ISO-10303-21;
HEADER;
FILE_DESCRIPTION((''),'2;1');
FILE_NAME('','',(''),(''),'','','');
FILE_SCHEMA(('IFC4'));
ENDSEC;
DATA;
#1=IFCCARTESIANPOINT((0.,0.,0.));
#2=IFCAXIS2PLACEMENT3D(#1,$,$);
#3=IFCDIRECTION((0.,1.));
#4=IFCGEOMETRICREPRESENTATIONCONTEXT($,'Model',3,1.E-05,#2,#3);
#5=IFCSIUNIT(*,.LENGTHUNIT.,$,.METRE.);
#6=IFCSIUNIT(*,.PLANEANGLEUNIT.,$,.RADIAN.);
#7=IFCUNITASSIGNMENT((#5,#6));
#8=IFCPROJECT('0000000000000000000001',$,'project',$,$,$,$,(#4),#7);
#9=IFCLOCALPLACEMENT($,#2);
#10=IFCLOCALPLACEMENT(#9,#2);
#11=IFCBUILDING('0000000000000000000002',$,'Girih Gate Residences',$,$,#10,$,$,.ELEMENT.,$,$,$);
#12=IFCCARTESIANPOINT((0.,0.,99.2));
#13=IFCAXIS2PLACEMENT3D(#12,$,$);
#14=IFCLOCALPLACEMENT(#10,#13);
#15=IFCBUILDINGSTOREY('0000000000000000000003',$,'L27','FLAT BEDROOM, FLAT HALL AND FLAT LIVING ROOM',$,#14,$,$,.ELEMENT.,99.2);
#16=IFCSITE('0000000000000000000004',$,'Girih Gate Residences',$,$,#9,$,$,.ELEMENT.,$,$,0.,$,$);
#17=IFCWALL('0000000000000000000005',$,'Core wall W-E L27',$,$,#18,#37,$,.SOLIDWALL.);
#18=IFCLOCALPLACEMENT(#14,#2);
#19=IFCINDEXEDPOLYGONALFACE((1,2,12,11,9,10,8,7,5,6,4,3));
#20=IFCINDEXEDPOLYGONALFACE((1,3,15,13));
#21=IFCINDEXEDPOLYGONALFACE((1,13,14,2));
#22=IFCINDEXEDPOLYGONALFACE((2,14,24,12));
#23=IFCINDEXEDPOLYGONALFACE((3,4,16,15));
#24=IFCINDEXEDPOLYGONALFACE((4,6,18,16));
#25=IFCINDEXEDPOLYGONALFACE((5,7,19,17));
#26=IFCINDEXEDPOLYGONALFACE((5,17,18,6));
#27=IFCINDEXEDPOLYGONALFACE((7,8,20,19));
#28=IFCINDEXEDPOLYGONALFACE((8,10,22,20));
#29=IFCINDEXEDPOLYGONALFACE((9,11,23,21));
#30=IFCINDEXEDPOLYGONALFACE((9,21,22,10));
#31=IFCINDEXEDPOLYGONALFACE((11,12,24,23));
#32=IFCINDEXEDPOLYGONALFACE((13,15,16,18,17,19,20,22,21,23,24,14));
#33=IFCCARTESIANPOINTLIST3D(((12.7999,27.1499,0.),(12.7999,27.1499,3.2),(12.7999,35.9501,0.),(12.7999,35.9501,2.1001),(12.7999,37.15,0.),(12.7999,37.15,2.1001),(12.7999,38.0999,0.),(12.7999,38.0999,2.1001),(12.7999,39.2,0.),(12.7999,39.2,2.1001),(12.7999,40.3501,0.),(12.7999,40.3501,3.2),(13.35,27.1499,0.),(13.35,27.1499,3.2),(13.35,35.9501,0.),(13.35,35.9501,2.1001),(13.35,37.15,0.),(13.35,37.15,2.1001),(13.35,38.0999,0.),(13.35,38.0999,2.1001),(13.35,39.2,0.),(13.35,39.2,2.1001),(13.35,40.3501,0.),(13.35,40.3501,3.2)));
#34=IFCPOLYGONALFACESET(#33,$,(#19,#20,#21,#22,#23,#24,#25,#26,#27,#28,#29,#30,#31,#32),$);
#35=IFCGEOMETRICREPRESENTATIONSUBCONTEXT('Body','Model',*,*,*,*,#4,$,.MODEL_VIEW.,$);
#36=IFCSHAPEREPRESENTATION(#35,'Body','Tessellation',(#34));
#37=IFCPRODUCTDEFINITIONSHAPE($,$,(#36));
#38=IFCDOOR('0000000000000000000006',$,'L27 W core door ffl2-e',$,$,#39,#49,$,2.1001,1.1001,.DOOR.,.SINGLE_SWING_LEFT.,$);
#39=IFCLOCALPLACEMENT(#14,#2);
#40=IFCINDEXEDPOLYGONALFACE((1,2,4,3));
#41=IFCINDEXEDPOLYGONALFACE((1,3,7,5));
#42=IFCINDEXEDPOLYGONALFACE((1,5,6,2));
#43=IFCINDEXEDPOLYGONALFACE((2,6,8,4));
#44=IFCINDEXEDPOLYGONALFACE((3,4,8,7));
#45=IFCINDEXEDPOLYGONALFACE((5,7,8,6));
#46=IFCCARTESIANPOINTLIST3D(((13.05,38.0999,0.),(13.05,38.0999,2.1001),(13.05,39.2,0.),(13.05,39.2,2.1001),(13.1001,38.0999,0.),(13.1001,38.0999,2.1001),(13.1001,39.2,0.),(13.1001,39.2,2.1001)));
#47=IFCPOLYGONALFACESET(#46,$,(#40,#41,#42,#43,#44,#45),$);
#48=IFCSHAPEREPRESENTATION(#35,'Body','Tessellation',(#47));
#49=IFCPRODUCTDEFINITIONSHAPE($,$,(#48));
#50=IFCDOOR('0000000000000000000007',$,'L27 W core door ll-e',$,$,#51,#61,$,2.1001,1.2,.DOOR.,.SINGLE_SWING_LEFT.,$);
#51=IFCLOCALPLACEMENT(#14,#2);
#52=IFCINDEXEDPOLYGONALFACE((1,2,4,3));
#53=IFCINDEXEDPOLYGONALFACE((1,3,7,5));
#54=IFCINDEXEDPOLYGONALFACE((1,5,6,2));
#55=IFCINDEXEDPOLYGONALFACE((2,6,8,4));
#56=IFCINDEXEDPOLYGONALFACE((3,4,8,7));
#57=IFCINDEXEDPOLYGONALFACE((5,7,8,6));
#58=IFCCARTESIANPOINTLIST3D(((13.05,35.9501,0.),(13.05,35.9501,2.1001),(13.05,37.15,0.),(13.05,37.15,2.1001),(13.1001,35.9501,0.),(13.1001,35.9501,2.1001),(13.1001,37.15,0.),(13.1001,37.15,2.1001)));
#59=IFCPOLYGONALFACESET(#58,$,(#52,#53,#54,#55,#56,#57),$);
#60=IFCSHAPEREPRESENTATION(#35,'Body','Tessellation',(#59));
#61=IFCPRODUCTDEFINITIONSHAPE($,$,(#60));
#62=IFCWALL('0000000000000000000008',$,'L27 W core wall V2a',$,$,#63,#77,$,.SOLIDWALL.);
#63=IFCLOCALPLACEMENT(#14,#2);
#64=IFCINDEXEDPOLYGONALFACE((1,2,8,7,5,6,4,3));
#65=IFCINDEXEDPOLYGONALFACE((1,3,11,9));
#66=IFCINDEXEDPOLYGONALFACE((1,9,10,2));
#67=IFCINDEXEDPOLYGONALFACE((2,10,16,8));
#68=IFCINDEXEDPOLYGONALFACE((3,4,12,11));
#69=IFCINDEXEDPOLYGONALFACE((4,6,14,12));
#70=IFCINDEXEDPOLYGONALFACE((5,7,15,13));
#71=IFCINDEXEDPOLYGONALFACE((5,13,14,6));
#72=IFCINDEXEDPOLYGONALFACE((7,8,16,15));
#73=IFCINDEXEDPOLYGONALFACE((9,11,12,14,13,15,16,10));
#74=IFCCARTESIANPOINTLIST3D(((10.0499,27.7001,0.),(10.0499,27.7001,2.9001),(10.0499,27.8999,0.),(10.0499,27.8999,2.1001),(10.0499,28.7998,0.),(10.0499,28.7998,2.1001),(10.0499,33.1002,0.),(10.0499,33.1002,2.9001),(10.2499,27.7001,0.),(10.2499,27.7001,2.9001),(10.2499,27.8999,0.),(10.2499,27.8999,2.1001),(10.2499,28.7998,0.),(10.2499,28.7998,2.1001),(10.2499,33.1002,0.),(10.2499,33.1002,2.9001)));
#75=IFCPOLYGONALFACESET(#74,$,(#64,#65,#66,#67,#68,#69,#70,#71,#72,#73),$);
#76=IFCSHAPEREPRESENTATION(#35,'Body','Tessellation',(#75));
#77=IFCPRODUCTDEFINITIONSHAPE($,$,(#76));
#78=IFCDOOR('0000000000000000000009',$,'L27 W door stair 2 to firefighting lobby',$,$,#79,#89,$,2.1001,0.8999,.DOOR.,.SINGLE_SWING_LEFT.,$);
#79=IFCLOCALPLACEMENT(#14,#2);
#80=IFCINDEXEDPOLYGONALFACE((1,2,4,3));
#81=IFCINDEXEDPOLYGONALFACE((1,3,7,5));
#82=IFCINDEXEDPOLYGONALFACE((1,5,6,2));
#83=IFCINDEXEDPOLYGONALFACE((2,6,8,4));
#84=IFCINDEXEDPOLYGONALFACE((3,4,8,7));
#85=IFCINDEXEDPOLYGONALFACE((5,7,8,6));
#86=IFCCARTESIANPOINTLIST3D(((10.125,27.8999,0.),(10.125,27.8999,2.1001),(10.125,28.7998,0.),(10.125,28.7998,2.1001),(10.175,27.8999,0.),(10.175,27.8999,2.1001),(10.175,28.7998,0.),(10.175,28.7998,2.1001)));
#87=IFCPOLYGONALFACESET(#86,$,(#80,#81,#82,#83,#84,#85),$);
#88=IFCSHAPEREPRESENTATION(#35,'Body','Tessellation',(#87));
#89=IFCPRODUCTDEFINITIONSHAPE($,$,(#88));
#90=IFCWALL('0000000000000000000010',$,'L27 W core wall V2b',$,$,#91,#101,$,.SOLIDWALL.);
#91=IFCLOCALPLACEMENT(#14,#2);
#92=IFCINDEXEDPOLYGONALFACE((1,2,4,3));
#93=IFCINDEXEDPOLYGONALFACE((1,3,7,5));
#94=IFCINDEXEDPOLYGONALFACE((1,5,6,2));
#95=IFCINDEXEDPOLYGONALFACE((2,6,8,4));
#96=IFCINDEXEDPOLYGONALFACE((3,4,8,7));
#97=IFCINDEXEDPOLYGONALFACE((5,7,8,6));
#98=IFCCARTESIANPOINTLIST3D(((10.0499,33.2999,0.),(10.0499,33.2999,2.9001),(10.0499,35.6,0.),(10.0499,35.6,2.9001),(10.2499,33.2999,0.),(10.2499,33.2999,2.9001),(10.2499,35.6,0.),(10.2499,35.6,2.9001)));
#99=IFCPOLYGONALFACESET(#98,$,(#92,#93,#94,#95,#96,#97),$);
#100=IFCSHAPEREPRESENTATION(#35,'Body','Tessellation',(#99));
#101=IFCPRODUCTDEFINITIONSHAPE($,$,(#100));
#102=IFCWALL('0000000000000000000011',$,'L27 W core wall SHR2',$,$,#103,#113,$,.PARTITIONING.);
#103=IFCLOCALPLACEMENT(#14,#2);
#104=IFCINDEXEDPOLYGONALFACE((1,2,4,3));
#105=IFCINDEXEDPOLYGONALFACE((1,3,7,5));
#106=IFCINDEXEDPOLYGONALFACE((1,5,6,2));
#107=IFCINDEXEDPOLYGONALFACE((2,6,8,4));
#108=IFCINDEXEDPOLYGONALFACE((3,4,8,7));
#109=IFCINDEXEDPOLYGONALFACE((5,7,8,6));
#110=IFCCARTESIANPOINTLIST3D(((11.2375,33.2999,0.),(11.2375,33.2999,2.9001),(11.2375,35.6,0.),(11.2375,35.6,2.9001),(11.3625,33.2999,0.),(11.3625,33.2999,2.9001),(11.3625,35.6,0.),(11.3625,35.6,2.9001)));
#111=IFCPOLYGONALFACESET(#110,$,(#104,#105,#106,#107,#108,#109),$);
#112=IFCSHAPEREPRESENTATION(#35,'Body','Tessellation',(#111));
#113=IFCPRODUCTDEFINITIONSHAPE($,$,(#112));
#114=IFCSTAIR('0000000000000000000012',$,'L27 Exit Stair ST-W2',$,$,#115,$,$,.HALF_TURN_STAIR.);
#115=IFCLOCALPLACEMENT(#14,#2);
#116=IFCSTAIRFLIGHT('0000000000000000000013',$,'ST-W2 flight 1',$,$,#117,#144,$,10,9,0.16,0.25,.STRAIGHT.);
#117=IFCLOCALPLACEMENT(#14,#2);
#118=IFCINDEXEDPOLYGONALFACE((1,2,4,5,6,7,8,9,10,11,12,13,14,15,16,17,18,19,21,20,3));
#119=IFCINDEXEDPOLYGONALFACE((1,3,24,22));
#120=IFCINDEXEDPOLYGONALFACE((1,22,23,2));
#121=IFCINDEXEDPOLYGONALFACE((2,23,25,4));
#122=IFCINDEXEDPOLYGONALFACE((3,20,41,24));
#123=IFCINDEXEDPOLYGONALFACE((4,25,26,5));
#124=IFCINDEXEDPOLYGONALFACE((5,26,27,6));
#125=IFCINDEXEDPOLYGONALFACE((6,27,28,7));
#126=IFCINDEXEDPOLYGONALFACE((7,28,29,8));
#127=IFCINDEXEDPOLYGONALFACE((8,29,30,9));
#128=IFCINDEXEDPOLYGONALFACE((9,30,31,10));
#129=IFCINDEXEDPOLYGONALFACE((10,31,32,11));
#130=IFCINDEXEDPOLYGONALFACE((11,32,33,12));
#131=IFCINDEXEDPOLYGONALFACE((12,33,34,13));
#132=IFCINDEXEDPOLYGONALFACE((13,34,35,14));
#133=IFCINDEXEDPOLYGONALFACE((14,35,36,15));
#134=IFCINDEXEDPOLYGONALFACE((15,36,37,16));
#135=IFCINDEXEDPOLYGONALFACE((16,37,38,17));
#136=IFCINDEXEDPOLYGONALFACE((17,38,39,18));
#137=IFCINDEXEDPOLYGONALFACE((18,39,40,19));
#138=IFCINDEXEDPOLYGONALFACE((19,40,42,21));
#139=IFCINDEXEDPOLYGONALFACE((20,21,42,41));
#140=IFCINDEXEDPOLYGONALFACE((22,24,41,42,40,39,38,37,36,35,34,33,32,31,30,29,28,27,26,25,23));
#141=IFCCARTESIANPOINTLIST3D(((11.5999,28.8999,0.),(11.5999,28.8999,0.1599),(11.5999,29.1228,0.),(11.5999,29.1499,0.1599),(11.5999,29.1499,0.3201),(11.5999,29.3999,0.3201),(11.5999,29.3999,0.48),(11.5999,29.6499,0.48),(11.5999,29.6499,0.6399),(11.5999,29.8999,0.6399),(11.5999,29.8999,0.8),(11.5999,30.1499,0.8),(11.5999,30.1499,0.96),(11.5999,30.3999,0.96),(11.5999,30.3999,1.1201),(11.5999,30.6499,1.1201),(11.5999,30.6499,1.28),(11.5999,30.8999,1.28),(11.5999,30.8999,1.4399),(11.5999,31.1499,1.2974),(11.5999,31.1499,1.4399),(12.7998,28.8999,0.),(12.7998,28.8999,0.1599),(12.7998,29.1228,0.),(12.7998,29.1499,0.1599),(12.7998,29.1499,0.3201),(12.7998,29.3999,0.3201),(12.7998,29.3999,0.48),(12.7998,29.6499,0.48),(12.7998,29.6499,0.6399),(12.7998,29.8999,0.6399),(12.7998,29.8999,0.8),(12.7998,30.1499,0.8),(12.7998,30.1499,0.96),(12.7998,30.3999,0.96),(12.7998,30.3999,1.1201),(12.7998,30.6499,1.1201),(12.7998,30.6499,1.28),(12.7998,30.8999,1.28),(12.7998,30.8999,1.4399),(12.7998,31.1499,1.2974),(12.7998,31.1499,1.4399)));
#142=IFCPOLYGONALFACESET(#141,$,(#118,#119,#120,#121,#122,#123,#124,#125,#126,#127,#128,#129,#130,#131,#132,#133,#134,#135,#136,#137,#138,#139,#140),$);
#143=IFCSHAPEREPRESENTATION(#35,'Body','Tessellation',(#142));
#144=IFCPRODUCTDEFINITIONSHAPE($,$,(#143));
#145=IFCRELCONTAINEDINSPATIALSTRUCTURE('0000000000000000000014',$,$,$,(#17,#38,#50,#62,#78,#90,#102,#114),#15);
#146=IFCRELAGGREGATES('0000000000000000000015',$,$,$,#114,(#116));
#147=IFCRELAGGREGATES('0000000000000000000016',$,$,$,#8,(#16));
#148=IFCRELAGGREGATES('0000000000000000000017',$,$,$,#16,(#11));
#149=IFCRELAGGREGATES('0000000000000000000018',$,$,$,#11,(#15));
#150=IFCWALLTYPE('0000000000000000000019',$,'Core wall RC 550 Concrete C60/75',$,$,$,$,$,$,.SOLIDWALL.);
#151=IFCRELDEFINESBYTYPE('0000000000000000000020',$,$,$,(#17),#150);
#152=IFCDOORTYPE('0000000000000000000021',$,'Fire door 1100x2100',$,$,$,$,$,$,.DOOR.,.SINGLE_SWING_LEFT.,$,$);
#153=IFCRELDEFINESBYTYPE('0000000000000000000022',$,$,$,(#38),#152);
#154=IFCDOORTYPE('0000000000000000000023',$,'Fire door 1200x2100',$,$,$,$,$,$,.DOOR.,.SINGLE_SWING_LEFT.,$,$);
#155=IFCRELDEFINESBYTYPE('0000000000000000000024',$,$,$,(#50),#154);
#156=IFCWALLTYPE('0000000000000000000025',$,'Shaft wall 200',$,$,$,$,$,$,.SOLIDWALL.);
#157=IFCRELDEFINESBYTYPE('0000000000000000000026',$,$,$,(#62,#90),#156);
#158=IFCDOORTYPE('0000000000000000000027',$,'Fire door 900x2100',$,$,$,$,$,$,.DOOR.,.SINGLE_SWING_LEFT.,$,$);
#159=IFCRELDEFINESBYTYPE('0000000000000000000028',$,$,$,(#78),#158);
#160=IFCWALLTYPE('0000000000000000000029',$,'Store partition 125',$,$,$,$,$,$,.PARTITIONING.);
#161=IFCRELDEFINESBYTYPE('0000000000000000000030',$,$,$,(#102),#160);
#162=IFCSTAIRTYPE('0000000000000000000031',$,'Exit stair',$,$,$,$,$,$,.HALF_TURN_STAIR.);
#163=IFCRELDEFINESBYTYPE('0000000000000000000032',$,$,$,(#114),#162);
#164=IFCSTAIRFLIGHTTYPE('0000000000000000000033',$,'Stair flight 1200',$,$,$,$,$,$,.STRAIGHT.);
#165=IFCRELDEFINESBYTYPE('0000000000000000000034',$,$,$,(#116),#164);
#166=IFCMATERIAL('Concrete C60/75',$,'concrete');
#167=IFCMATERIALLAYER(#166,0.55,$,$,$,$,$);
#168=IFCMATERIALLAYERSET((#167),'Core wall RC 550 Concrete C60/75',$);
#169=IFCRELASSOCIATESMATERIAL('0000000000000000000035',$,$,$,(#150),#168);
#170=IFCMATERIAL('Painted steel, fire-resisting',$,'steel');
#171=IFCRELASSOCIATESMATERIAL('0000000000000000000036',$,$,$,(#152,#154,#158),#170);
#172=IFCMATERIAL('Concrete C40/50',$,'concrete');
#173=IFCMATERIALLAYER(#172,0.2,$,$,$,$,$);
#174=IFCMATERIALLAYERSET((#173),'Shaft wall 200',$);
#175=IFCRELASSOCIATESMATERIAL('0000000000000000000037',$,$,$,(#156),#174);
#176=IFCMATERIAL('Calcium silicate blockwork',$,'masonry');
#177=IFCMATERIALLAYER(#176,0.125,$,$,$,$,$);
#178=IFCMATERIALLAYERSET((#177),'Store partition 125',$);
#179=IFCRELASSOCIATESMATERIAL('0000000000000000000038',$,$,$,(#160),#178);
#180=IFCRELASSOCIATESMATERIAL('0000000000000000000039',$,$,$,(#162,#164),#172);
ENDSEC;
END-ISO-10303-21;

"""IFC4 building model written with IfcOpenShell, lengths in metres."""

from ifc_helpers import new_model, si_unit, direction, frame, frame_2d, origin, place, context, subcontext, project, spatial, polyline, rectangle, outline, extrude, material, layer, layer_set, type_object, element, fill, aggregate, save


model = new_model("IFC4")

# Units and contexts
model_context = context("Model", 3, precision=1e-05, world=origin(), true_north=direction((0.0, 1.0)))
body_context = subcontext(model_context, "Body", "Model", "MODEL_VIEW")
ifc_project = project(units=[si_unit("LENGTHUNIT", "METRE"), si_unit("PLANEANGLEUNIT", "RADIAN")], contexts=[model_context])

# Site, building, storey
site_placement = place(None, origin())
site = spatial("IfcSite", under=ifc_project, at=site_placement, Name="Girih Gate Residences", CompositionType="ELEMENT", RefElevation=0.0)
building_placement = place(site_placement, origin())
building = spatial("IfcBuilding", under=site, at=building_placement, Name="Girih Gate Residences", CompositionType="ELEMENT")
storey_placement = place(building_placement, frame((0.0, 0.0, 99.2)))
storey = spatial("IfcBuildingStorey", under=building, at=storey_placement, Name="L27", Description="FLAT BEDROOM, FLAT HALL AND FLAT LIVING ROOM", CompositionType="ELEMENT", Elevation=99.2)

# Shared definitions
ifc_material_1 = material(Name="Concrete C60/75", Category="concrete")

# Wall, openings, doors
ifc_layer_1 = layer(ifc_material_1, 0.55)
ifc_layer_set_1 = layer_set([ifc_layer_1], Name="Core wall RC 550 Concrete C60/75")
wall_type_1 = type_object("IfcWallType", Name="Core wall RC 550 Concrete C60/75", PredefinedType="SOLIDWALL", material=ifc_layer_set_1)
wall_1_placement = place(storey_placement, frame((13.075, 27.1499, 0.0), z_axis=(0.0, 0.0, 1.0), x_axis=(0.0, 1.0, 0.0)))
wall_1 = element("IfcWall", 1, at=wall_1_placement, inside=storey, type_object=wall_type_1, Name="Core wall W-E L27", PredefinedType="SOLIDWALL", context=body_context, shape_type="SweptSolid", body=[
    extrude(rectangle(XDim=13.2002, YDim=0.55, at=frame_2d((6.6001, 0.0))), origin(), (0.0, 0.0, 1.0), 3.2),
])
opening_1_placement = place(wall_1_placement, frame((10.95, 0.0, 0.0)))
opening_1 = element("IfcOpeningElement", 2, at=opening_1_placement, cuts=wall_1, PredefinedType="OPENING", context=body_context, shape_type="SweptSolid", body=[
    extrude(rectangle(XDim=1.1001, YDim=2.1001, at=frame_2d((0.55, 1.05))), frame((0.0, 0.2849, 0.0), z_axis=(0.0, -1.0, 0.0), x_axis=(1.0, 0.0, 0.0)), (0.0, 0.0, 1.0), 0.5701),
])
opening_2_placement = place(wall_1_placement, frame((8.8, 0.0, 0.0)))
opening_2 = element("IfcOpeningElement", 3, at=opening_2_placement, cuts=wall_1, PredefinedType="OPENING", context=body_context, shape_type="SweptSolid", body=[
    extrude(rectangle(XDim=1.2, YDim=2.1001, at=frame_2d((0.6001, 1.05))), frame((0.0, 0.2849, 0.0), z_axis=(0.0, -1.0, 0.0), x_axis=(1.0, 0.0, 0.0)), (0.0, 0.0, 1.0), 0.5701),
])
ifc_material_2 = material(Name="Painted steel, fire-resisting", Category="steel")
door_type_1 = type_object("IfcDoorType", Name="Fire door 1100x2100", OperationType="SINGLE_SWING_LEFT", PredefinedType="DOOR", material=ifc_material_2)
door_1_placement = place(opening_1_placement, origin())
door_1 = element("IfcDoor", 4, at=door_1_placement, inside=storey, type_object=door_type_1, Name="L27 W core door ffl2-e", OperationType="SINGLE_SWING_LEFT", OverallHeight=2.1001, OverallWidth=1.1001, PredefinedType="DOOR", context=body_context, shape_type="SweptSolid", body=[
    extrude(rectangle(XDim=1.1001, YDim=2.1001, at=frame_2d((0.55, 1.05))), frame((0.0, 0.0249, 0.0), z_axis=(0.0, -1.0, 0.0), x_axis=(1.0, 0.0, 0.0)), (0.0, 0.0, 1.0), 0.05),
])
fill(opening_1, door_1)
door_type_2 = type_object("IfcDoorType", Name="Fire door 1200x2100", OperationType="SINGLE_SWING_LEFT", PredefinedType="DOOR", material=ifc_material_2)
door_2_placement = place(opening_2_placement, origin())
door_2 = element("IfcDoor", 5, at=door_2_placement, inside=storey, type_object=door_type_2, Name="L27 W core door ll-e", OperationType="SINGLE_SWING_LEFT", OverallHeight=2.1001, OverallWidth=1.2, PredefinedType="DOOR", context=body_context, shape_type="SweptSolid", body=[
    extrude(rectangle(XDim=1.2, YDim=2.1001, at=frame_2d((0.6001, 1.05))), frame((0.0, 0.0249, 0.0), z_axis=(0.0, -1.0, 0.0), x_axis=(1.0, 0.0, 0.0)), (0.0, 0.0, 1.0), 0.05),
])
fill(opening_2, door_2)

# Wall, opening, door
ifc_material_3 = material(Name="Concrete C40/50", Category="concrete")
ifc_layer_2 = layer(ifc_material_3, 0.2)
ifc_layer_set_2 = layer_set([ifc_layer_2], Name="Shaft wall 200")
wall_type_2 = type_object("IfcWallType", Name="Shaft wall 200", PredefinedType="SOLIDWALL", material=ifc_layer_set_2)
wall_2_placement = place(storey_placement, frame((10.1499, 27.7, 0.0), z_axis=(0.0, 0.0, 1.0), x_axis=(0.0, 1.0, 0.0)))
wall_2 = element("IfcWall", 6, at=wall_2_placement, inside=storey, type_object=wall_type_2, Name="L27 W core wall V2a", PredefinedType="SOLIDWALL", context=body_context, shape_type="SweptSolid", body=[
    extrude(rectangle(XDim=5.4001, YDim=0.2, at=frame_2d((2.7002, 0.0))), origin(), (0.0, 0.0, 1.0), 2.9001),
])
opening_3_placement = place(wall_2_placement, frame((0.2, 0.0, 0.0)))
opening_3 = element("IfcOpeningElement", 7, at=opening_3_placement, cuts=wall_2, PredefinedType="OPENING", context=body_context, shape_type="SweptSolid", body=[
    extrude(rectangle(XDim=0.8999, YDim=2.1001, at=frame_2d((0.45, 1.05))), frame((0.0, 0.1099, 0.0), z_axis=(0.0, -1.0, 0.0), x_axis=(1.0, 0.0, 0.0)), (0.0, 0.0, 1.0), 0.22),
])
door_type_3 = type_object("IfcDoorType", Name="Fire door 900x2100", OperationType="SINGLE_SWING_LEFT", PredefinedType="DOOR", material=ifc_material_2)
door_3_placement = place(opening_3_placement, origin())
door_3 = element("IfcDoor", 8, at=door_3_placement, inside=storey, type_object=door_type_3, Name="L27 W door stair 2 to firefighting lobby", OperationType="SINGLE_SWING_LEFT", OverallHeight=2.1001, OverallWidth=0.8999, PredefinedType="DOOR", context=body_context, shape_type="SweptSolid", body=[
    extrude(rectangle(XDim=0.8999, YDim=2.1001, at=frame_2d((0.45, 1.05))), frame((0.0, 0.0249, 0.0), z_axis=(0.0, -1.0, 0.0), x_axis=(1.0, 0.0, 0.0)), (0.0, 0.0, 1.0), 0.05),
])
fill(opening_3, door_3)

# Walls
wall_3_placement = place(storey_placement, frame((10.1499, 33.3, 0.0), z_axis=(0.0, 0.0, 1.0), x_axis=(0.0, 1.0, 0.0)))
element("IfcWall", 9, at=wall_3_placement, inside=storey, type_object=wall_type_2, Name="L27 W core wall V2b", PredefinedType="SOLIDWALL", context=body_context, shape_type="SweptSolid", body=[
    extrude(rectangle(XDim=2.3, YDim=0.2, at=frame_2d((1.1499, 0.0))), origin(), (0.0, 0.0, 1.0), 2.9001),
])
ifc_material_4 = material(Name="Calcium silicate blockwork", Category="masonry")
ifc_layer_3 = layer(ifc_material_4, 0.125)
ifc_layer_set_3 = layer_set([ifc_layer_3], Name="Store partition 125")
wall_type_3 = type_object("IfcWallType", Name="Store partition 125", PredefinedType="PARTITIONING", material=ifc_layer_set_3)
wall_4_placement = place(storey_placement, frame((11.3, 33.3, 0.0), z_axis=(0.0, 0.0, 1.0), x_axis=(0.0, 1.0, 0.0)))
element("IfcWall", 10, at=wall_4_placement, inside=storey, type_object=wall_type_3, Name="L27 W core wall SHR2", PredefinedType="PARTITIONING", context=body_context, shape_type="SweptSolid", body=[
    extrude(rectangle(XDim=2.3, YDim=0.125, at=frame_2d((1.1499, 0.0))), origin(), (0.0, 0.0, 1.0), 2.9001),
])

# Stair, stair flight
stair_type = type_object("IfcStairType", Name="Exit stair", PredefinedType="HALF_TURN_STAIR", material=ifc_material_3)
stair_placement = place(storey_placement, origin())
stair = element("IfcStair", 11, at=stair_placement, inside=storey, type_object=stair_type, Name="L27 Exit Stair ST-W2", PredefinedType="HALF_TURN_STAIR")
stair_flight_type = type_object("IfcStairFlightType", Name="Stair flight 1200", PredefinedType="STRAIGHT", material=ifc_material_3)
stair_flight_1_placement = place(storey_placement, frame((12.2, 28.8999, 0.0), z_axis=(0.0, 0.0, 1.0), x_axis=(0.0, 1.0, 0.0)))
stair_flight_1 = element("IfcStairFlight", 12, at=stair_flight_1_placement, type_object=stair_flight_type, Name="ST-W2 flight 1", NumberOfRisers=10, NumberOfTreads=9, PredefinedType="STRAIGHT", RiserHeight=0.16, TreadLength=0.25, context=body_context, shape_type="SweptSolid", body=[
    extrude(outline(polyline([(0.0, 0.0), (0.0, 0.1599), (0.25, 0.1599), (0.25, 0.3201), (0.5, 0.3201), (0.5, 0.48), (0.75, 0.48), (0.75, 0.6399), (1.0, 0.6399), (1.0, 0.8), (1.25, 0.8), (1.25, 0.96), (1.5, 0.96), (1.5, 1.1201), (1.75, 1.1201), (1.75, 1.28), (2.0, 1.28), (2.0, 1.4399), (2.25, 1.4399), (2.25, 1.6001), (2.25, 1.2974), (0.2229, 0.0), (0.0, 0.0)])), frame((0.0, 0.6001, 0.0), z_axis=(0.0, -1.0, 0.0), x_axis=(1.0, 0.0, 0.0)), (0.0, 0.0, 1.0), 1.2),
])
aggregate(stair, [stair_flight_1])

save(model, "model.ifc")
